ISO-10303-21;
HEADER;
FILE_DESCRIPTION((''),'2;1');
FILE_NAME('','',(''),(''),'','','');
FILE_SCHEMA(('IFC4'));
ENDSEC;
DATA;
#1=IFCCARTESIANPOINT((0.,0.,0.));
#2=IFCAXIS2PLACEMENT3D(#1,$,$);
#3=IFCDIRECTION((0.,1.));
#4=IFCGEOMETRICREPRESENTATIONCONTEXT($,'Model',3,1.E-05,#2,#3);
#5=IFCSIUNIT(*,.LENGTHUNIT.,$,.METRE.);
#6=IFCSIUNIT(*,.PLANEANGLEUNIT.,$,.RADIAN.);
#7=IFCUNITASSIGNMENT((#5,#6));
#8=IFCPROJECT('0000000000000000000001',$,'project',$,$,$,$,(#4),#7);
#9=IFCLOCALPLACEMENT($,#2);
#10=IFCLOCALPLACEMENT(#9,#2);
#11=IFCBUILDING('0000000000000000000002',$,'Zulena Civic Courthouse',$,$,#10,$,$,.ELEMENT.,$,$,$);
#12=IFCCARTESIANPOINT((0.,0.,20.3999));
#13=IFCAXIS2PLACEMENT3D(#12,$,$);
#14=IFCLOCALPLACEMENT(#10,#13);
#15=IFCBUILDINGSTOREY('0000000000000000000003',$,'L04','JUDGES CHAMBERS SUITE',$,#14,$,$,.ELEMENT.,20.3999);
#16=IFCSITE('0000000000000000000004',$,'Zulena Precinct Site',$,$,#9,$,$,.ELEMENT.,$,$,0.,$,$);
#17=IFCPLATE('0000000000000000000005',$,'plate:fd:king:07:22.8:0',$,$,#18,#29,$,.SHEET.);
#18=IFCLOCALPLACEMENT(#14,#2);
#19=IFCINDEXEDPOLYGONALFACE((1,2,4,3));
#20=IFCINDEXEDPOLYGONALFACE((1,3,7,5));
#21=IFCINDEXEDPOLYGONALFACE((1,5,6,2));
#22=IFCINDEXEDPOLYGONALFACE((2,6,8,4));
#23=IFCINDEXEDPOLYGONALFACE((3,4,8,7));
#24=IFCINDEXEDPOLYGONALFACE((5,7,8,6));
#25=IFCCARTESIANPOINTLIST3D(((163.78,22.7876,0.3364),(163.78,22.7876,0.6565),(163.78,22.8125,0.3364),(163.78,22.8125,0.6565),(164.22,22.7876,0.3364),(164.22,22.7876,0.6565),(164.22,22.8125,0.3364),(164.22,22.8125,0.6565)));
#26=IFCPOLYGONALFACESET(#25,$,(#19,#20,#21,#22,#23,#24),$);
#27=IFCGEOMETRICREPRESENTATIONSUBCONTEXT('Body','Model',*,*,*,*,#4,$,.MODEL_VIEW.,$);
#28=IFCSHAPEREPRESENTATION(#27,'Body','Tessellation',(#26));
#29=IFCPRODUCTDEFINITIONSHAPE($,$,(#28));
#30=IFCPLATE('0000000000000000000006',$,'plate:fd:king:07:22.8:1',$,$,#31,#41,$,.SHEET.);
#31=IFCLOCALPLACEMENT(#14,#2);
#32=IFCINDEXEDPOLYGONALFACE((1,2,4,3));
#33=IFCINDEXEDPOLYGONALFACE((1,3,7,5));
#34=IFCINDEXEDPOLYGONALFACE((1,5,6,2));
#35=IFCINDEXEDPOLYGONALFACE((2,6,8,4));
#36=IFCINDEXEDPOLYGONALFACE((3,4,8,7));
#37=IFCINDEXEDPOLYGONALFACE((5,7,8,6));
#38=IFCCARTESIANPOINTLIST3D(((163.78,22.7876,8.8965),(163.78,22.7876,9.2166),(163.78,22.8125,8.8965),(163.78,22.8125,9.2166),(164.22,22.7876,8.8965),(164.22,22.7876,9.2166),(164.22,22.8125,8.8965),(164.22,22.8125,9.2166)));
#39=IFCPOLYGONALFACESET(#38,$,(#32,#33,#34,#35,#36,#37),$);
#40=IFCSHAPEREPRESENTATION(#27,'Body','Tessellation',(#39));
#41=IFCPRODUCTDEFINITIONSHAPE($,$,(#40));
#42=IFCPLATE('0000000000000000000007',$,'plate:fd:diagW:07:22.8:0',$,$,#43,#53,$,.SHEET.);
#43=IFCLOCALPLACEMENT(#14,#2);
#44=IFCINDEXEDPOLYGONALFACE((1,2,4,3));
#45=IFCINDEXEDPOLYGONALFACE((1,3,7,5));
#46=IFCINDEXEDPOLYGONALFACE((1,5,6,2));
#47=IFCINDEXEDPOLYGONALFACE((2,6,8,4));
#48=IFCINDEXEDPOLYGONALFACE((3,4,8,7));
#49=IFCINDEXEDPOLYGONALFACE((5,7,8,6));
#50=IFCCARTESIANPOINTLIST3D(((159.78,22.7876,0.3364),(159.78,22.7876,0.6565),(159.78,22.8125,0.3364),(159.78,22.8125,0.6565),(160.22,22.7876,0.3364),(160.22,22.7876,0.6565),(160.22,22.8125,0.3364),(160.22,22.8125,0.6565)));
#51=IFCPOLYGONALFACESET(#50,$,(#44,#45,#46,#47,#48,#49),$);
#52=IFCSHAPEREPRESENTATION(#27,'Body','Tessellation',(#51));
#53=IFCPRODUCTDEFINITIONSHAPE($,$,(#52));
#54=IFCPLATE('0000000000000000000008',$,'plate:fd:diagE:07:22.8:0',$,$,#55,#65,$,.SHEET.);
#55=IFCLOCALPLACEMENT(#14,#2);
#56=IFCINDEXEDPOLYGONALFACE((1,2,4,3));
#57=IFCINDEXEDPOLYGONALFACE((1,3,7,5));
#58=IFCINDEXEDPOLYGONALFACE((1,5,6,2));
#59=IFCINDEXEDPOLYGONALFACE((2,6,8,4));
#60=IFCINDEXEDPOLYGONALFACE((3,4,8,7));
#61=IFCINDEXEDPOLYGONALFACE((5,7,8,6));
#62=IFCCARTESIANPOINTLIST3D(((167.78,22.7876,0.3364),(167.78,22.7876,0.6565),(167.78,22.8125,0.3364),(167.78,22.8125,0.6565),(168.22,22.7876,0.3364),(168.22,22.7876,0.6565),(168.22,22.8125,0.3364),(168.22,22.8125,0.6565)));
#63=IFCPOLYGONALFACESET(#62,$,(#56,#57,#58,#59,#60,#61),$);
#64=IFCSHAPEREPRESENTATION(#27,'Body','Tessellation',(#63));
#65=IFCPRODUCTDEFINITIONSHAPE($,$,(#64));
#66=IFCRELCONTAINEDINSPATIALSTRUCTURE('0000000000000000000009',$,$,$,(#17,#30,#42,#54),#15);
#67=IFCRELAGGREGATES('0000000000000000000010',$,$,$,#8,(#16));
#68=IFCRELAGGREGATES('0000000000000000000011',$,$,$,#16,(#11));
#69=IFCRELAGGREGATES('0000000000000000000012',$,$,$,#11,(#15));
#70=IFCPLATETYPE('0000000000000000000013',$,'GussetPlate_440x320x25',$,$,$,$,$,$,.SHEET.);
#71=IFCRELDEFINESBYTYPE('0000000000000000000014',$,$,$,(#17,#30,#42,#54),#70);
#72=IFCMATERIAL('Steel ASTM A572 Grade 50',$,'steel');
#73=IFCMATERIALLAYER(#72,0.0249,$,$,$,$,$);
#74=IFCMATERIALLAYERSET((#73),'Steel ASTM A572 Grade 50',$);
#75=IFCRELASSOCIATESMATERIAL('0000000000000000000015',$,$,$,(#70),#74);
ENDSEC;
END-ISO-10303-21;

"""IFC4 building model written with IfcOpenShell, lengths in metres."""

from ifc_helpers import new_model, si_unit, direction, frame, origin, origin_2d, place, context, subcontext, project, spatial, rectangle, extrude, material, layer, layer_set, type_object, element, save


model = new_model("IFC4")

# Units and contexts
model_context = context("Model", 3, precision=1e-05, world=origin(), true_north=direction((0.0, 1.0)))
body_context = subcontext(model_context, "Body", "Model", "MODEL_VIEW")
ifc_project = project(units=[si_unit("LENGTHUNIT", "METRE"), si_unit("PLANEANGLEUNIT", "RADIAN")], contexts=[model_context])

# Site, building, storey
site_placement = place(None, origin())
site = spatial("IfcSite", under=ifc_project, at=site_placement, Name="Zulena Precinct Site", CompositionType="ELEMENT", RefElevation=0.0)
building_placement = place(site_placement, origin())
building = spatial("IfcBuilding", under=site, at=building_placement, Name="Zulena Civic Courthouse", CompositionType="ELEMENT")
storey_placement = place(building_placement, frame((0.0, 0.0, 20.3999)))
storey = spatial("IfcBuildingStorey", under=building, at=storey_placement, Name="L04", Description="JUDGES CHAMBERS SUITE", CompositionType="ELEMENT", Elevation=20.3999)

# Plates
ifc_material_1 = material(Name="Steel ASTM A572 Grade 50", Category="steel")
ifc_layer = layer(ifc_material_1, 0.0249)
ifc_layer_set = layer_set([ifc_layer], Name="Steel ASTM A572 Grade 50")
plate_type = type_object("IfcPlateType", Name="GussetPlate_440x320x25", PredefinedType="SHEET", material=ifc_layer_set)
for number, where, z_axis, x_axis, name in (
    (1, (164.0, 22.8, 0.3364), (0.0, 0.0, 1.0), (1.0, 0.0, 0.0), "plate:fd:king:07:22.8:0"),
    (2, (164.0, 22.8, 8.8965), (0.0, 0.0, 1.0), (1.0, 0.0, 0.0), "plate:fd:king:07:22.8:1"),
    (3, (160.0, 22.8, 0.3364), (0.0, 0.0, 1.0), (1.0, 0.0, 0.0), "plate:fd:diagW:07:22.8:0"),
    (4, (168.0, 22.8, 0.3364), (0.0, 0.0, 1.0), (1.0, 0.0, 0.0), "plate:fd:diagE:07:22.8:0"),
):
    element("IfcPlate", number, at=place(storey_placement, frame(where, z_axis=z_axis, x_axis=x_axis)), inside=storey, type_object=plate_type, Name=name, PredefinedType="SHEET", context=body_context, shape_type="SweptSolid", body=[
        extrude(rectangle(XDim=0.4399, YDim=0.0249, at=origin_2d()), origin(), (0.0, 0.0, 1.0), 0.3201),
    ])

save(model, "model.ifc")
